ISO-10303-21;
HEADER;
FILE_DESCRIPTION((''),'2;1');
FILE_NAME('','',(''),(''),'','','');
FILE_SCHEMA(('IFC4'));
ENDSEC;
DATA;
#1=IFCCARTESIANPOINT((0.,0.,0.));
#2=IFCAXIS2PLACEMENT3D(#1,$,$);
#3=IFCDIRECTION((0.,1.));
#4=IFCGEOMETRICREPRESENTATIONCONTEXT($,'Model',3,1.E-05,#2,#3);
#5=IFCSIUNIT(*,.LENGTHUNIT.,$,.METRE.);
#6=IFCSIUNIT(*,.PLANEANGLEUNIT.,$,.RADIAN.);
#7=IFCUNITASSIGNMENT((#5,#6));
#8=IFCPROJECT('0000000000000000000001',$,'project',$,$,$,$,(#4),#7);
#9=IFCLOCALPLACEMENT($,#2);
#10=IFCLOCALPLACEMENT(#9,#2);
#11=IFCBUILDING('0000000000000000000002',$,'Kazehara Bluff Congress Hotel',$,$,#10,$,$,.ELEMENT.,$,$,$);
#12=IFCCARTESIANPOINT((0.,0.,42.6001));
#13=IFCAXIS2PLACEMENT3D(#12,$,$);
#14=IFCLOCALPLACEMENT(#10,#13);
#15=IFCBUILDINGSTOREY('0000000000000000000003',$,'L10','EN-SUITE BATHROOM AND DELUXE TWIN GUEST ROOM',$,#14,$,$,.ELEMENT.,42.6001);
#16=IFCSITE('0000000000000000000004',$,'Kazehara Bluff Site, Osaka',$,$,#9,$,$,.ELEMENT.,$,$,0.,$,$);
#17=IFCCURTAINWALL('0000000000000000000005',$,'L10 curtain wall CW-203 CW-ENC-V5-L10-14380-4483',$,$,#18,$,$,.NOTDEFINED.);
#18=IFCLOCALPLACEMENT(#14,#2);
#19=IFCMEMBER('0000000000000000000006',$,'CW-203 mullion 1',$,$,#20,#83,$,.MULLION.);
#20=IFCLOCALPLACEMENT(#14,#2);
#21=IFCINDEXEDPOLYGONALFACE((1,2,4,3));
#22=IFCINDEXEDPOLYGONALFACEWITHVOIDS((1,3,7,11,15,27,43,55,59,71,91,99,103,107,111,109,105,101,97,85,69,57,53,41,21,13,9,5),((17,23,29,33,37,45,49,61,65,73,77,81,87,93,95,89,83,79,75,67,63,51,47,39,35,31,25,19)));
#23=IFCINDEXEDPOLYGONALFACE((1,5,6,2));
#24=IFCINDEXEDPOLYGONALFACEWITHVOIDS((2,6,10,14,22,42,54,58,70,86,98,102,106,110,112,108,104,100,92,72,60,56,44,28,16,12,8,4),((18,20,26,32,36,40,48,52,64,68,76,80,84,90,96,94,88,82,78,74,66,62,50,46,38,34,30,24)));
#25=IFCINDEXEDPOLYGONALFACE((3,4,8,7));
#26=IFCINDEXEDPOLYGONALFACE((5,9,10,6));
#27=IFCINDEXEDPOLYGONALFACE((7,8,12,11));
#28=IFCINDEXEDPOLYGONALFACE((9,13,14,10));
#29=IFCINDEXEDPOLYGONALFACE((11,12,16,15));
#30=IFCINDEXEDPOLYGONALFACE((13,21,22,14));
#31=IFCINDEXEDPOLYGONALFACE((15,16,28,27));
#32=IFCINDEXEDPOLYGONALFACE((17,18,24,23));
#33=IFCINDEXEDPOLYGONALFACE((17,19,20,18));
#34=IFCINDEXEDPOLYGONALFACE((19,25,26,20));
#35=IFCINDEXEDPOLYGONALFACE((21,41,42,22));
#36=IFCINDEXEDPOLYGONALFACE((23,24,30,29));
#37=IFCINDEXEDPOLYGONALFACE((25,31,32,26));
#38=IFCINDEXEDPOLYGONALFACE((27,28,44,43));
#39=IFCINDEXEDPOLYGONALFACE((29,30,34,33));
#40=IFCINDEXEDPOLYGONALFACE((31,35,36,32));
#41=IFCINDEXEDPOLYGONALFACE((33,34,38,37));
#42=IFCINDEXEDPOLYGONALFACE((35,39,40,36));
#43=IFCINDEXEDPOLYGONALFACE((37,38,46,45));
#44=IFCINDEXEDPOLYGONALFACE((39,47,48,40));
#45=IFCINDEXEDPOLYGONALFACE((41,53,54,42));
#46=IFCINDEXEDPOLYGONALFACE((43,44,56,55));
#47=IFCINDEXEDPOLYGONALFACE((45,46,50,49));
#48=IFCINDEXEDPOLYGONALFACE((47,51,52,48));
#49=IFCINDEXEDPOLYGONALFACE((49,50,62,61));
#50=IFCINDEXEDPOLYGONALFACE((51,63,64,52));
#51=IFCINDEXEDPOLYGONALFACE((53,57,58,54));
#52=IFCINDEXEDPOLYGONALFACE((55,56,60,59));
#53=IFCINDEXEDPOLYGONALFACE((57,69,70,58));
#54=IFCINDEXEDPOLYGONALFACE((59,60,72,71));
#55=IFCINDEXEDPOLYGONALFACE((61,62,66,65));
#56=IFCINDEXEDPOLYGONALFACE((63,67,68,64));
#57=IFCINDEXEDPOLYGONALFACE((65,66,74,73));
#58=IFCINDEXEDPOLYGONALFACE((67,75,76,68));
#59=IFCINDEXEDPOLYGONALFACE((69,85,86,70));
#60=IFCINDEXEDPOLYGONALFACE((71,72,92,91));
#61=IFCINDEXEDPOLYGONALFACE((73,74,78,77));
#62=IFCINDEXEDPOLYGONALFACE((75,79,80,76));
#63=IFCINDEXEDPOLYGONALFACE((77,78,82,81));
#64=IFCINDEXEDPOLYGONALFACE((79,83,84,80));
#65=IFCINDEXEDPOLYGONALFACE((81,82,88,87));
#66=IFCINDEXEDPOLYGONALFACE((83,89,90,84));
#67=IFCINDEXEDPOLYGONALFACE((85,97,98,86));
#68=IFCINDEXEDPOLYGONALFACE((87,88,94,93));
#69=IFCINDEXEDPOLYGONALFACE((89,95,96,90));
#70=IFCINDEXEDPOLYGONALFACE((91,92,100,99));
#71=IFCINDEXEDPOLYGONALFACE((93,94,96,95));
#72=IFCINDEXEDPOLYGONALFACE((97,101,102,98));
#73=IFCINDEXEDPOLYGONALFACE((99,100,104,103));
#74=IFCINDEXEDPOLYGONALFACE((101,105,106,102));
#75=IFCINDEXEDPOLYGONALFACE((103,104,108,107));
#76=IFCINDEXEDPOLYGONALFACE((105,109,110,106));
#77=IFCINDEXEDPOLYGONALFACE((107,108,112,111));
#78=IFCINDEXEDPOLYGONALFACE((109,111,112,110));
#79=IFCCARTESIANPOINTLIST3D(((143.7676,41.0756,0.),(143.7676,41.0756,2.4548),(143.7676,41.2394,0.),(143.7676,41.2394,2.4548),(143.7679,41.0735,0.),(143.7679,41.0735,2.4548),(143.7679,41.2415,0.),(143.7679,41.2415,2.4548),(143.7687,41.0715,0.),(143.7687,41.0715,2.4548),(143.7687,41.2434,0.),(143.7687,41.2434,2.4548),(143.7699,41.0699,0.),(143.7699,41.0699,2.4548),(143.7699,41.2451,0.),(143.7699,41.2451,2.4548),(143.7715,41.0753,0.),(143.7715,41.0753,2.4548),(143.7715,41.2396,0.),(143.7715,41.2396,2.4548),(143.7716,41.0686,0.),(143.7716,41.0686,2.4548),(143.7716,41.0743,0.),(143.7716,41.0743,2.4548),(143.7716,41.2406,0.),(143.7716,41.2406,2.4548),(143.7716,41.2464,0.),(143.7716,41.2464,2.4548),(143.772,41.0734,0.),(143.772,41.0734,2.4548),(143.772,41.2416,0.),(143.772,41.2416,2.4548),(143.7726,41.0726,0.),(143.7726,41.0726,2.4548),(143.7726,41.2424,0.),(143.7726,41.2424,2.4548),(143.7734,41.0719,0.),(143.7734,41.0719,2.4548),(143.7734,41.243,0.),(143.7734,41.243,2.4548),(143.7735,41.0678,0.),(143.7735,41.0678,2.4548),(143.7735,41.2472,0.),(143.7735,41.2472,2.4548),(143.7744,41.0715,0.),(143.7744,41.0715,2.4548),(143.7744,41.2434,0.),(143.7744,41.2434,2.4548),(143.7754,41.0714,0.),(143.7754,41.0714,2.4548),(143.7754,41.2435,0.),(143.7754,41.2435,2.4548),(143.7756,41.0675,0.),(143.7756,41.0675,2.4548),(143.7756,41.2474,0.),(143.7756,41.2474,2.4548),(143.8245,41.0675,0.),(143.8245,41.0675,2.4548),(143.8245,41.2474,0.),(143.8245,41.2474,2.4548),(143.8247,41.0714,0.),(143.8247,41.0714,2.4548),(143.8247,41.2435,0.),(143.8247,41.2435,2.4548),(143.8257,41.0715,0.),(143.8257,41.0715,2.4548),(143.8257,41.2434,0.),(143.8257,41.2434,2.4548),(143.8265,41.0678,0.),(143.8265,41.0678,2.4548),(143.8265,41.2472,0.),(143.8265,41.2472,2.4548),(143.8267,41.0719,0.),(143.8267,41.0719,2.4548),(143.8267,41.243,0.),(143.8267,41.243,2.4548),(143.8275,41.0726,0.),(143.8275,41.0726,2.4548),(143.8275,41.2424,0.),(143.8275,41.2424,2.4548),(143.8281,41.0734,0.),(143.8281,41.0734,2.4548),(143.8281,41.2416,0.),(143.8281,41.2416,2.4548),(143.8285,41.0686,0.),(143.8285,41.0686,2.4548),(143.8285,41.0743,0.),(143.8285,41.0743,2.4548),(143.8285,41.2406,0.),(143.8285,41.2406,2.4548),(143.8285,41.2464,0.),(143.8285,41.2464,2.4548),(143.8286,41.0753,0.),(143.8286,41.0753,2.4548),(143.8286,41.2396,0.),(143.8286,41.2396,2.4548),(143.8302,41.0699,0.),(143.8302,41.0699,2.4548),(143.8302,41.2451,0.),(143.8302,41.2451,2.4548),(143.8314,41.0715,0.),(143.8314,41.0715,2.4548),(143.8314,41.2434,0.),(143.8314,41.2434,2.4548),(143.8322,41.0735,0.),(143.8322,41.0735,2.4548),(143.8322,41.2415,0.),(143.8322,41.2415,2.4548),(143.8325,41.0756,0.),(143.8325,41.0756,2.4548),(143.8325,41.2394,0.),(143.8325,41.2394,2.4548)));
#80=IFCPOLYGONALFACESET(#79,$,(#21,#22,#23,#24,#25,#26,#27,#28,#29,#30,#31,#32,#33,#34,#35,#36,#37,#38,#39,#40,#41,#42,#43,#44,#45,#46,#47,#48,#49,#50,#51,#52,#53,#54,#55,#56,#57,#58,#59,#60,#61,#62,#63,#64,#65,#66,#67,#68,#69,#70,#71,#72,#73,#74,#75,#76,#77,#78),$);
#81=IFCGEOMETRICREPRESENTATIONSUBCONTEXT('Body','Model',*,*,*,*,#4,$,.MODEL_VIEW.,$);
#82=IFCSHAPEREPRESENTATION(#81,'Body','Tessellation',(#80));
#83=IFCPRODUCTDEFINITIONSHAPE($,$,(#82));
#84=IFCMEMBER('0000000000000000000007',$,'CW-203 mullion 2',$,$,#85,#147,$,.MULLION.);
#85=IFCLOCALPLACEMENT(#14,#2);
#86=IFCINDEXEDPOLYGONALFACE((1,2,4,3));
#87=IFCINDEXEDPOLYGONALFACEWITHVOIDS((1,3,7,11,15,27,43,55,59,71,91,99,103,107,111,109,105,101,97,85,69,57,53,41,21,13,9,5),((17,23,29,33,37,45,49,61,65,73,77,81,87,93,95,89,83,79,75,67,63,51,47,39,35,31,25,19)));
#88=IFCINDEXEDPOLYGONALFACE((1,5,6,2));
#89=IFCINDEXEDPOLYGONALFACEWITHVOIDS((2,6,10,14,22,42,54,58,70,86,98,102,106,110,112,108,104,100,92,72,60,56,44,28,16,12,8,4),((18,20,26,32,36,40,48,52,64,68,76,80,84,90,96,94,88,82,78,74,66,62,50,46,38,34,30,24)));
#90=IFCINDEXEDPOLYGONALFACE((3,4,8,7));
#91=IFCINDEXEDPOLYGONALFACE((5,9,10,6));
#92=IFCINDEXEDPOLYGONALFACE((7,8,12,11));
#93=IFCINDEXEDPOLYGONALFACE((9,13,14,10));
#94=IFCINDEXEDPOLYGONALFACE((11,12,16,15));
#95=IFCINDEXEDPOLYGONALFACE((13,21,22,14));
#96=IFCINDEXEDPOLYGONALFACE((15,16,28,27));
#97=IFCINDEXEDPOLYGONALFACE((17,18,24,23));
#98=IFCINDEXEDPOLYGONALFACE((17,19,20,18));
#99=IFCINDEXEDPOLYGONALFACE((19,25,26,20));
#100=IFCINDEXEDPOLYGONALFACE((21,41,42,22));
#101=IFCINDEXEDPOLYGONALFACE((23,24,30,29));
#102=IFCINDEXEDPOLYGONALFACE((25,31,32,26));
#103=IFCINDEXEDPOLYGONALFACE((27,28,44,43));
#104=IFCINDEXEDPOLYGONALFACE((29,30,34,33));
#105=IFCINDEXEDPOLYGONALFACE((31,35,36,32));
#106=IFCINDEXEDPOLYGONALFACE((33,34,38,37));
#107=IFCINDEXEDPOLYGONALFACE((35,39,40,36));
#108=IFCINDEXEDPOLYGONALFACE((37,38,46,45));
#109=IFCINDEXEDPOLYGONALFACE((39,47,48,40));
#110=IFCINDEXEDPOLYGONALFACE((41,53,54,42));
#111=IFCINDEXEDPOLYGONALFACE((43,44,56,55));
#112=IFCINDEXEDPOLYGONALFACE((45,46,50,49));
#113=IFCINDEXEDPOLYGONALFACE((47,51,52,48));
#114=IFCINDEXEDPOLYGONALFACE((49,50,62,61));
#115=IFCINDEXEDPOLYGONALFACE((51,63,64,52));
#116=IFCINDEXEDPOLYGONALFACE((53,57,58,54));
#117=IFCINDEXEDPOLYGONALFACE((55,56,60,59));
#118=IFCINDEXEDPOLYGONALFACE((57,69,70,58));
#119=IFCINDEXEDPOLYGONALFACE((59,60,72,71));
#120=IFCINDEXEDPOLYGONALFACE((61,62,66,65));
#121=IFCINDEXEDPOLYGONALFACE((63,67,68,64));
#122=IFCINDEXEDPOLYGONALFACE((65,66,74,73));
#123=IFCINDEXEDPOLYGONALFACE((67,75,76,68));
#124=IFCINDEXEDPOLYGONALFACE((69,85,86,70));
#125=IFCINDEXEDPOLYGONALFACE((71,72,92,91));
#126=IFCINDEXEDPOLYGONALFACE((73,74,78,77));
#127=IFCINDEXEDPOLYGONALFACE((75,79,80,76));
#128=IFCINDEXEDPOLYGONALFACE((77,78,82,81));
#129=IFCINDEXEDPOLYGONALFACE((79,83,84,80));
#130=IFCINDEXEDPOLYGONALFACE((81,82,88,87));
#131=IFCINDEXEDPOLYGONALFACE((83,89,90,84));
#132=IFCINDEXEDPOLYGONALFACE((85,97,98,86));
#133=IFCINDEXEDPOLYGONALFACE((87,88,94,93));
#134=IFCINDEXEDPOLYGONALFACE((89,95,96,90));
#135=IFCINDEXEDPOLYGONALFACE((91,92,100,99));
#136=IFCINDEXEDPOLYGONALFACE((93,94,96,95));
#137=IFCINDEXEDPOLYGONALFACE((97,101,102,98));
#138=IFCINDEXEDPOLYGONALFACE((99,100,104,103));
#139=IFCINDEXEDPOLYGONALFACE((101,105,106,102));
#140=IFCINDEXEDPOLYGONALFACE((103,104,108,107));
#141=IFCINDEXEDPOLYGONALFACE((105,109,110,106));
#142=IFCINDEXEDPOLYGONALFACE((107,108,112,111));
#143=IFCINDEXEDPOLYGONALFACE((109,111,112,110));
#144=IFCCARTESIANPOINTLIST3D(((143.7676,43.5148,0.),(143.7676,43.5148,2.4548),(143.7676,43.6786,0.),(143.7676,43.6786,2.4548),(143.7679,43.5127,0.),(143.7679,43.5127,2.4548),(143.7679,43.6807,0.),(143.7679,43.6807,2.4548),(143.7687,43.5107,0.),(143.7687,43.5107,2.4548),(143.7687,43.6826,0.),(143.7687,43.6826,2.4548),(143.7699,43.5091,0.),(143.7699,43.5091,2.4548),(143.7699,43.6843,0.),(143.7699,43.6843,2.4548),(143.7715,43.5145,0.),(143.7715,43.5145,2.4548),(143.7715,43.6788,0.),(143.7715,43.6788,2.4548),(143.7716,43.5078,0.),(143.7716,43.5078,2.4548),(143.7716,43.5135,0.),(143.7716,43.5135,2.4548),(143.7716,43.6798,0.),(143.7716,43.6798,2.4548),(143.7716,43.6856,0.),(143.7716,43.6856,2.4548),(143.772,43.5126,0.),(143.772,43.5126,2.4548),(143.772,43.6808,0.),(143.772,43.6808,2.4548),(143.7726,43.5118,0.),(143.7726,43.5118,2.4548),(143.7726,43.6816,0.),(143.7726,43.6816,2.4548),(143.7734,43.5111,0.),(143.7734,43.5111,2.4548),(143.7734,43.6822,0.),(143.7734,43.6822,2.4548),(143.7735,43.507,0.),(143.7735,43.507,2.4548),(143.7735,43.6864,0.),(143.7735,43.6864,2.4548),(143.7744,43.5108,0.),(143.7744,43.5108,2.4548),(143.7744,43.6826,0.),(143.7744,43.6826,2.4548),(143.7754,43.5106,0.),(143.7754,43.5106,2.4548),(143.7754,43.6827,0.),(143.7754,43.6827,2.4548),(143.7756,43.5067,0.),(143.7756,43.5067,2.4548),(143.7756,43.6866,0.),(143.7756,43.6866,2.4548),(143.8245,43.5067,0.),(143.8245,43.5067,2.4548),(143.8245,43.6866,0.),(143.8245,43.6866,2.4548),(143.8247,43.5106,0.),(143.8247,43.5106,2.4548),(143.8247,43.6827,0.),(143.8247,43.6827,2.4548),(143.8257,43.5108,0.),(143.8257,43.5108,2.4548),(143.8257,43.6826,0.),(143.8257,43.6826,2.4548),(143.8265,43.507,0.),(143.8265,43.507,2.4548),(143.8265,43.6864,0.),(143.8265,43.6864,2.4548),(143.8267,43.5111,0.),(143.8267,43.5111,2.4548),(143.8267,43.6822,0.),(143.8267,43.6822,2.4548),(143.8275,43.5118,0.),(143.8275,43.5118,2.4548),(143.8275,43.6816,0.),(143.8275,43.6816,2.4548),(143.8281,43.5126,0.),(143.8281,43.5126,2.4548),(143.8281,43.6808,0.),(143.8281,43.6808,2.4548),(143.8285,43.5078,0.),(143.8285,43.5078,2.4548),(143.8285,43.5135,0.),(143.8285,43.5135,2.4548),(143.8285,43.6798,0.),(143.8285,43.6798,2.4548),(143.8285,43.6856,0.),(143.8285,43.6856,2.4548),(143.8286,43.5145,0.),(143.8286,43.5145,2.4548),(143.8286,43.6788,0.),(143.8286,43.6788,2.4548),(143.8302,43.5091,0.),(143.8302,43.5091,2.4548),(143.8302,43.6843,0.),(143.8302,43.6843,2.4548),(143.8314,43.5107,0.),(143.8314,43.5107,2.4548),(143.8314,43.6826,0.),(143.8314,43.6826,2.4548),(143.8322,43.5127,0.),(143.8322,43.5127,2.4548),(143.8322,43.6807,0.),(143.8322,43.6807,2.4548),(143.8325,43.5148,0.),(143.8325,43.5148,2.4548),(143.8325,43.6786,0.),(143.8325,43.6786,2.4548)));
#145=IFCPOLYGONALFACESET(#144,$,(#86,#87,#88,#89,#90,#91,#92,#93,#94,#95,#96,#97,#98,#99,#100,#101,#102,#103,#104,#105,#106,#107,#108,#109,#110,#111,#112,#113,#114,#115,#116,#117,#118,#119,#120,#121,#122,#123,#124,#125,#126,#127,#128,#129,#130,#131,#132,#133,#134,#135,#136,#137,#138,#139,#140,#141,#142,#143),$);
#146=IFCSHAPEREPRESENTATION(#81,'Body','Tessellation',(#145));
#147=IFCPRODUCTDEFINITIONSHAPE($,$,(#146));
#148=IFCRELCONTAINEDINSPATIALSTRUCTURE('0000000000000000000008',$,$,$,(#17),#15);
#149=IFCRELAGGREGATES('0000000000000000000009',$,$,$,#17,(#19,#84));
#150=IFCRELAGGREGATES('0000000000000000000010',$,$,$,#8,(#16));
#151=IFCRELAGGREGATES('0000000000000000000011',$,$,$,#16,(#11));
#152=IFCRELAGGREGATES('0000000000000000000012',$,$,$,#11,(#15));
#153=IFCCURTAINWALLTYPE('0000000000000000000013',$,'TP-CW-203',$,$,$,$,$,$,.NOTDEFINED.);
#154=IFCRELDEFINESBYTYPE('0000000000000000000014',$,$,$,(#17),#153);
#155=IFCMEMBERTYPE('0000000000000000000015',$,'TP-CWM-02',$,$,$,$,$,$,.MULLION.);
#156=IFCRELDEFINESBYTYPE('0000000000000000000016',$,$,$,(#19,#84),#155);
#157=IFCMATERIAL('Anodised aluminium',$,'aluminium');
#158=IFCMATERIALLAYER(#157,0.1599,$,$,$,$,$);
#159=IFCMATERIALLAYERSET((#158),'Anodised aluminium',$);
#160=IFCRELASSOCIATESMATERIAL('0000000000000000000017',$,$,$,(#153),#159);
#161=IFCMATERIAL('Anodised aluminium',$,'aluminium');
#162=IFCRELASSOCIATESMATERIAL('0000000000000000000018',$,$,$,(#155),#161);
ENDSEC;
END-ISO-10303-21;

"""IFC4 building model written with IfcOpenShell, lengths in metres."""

from ifc_helpers import new_model, si_unit, direction, frame, origin, origin_2d, place, context, subcontext, project, spatial, hollow_rectangle, extrude, material, layer, layer_set, material_profile, profile_set, type_object, element, aggregate, save


model = new_model("IFC4")

# Units and contexts
model_context = context("Model", 3, precision=1e-05, world=origin(), true_north=direction((0.0, 1.0)))
body_context = subcontext(model_context, "Body", "Model", "MODEL_VIEW")
ifc_project = project(units=[si_unit("LENGTHUNIT", "METRE"), si_unit("PLANEANGLEUNIT", "RADIAN")], contexts=[model_context])

# Site, building, storey
site_placement = place(None, origin())
site = spatial("IfcSite", under=ifc_project, at=site_placement, Name="Kazehara Bluff Site, Osaka", CompositionType="ELEMENT", RefElevation=0.0)
building_placement = place(site_placement, origin())
building = spatial("IfcBuilding", under=site, at=building_placement, Name="Kazehara Bluff Congress Hotel", CompositionType="ELEMENT")
storey_placement = place(building_placement, frame((0.0, 0.0, 42.6001)))
storey = spatial("IfcBuildingStorey", under=building, at=storey_placement, Name="L10", Description="EN-SUITE BATHROOM AND DELUXE TWIN GUEST ROOM", CompositionType="ELEMENT", Elevation=42.6001)

# Curtain wall, members
ifc_material_1 = material(Name="Anodised aluminium", Category="aluminium")
ifc_layer_1 = layer(ifc_material_1, 0.1599)
ifc_layer_set_1 = layer_set([ifc_layer_1], Name="Anodised aluminium")
curtain_wall_type_1 = type_object("IfcCurtainWallType", Name="TP-CW-203", PredefinedType="NOTDEFINED", material=ifc_layer_set_1)
curtain_wall_1_placement = place(storey_placement, origin())
curtain_wall_1 = element("IfcCurtainWall", 1, at=curtain_wall_1_placement, inside=storey, type_object=curtain_wall_type_1, Name="L10 curtain wall CW-203 CW-ENC-V5-L10-14380-4483", PredefinedType="NOTDEFINED")
ifc_material_2 = material(Name="Anodised aluminium", Category="aluminium")
ifc_material_profile_1 = material_profile(ifc_material_2, hollow_rectangle(XDim=0.0649, YDim=0.1799, WallThickness=0.0039, InnerFilletRadius=0.0039, OuterFilletRadius=0.0081, at=origin_2d()))
ifc_profile_set_1 = profile_set([ifc_material_profile_1], Name="Anodised aluminium")
member_type_1 = type_object("IfcMemberType", Name="TP-CWM-02", PredefinedType="MULLION", material=ifc_profile_set_1)
member_1_placement = place(storey_placement, frame((143.8, 41.1575, 0.0), z_axis=(0.0, 0.0, 1.0), x_axis=(-1.0, 0.0, 0.0)))
member_1 = element("IfcMember", 2, at=member_1_placement, type_object=member_type_1, Name="CW-203 mullion 1", PredefinedType="MULLION", context=body_context, shape_type="SweptSolid", body=[
    extrude(hollow_rectangle(XDim=0.0649, YDim=0.1799, WallThickness=0.0039, InnerFilletRadius=0.0039, OuterFilletRadius=0.0081, at=origin_2d()), origin(), (0.0, 0.0, 1.0), 2.4548),
])
member_2_placement = place(storey_placement, frame((143.8, 43.5967, 0.0), z_axis=(0.0, 0.0, 1.0), x_axis=(-1.0, 0.0, 0.0)))
member_2 = element("IfcMember", 3, at=member_2_placement, type_object=member_type_1, Name="CW-203 mullion 2", PredefinedType="MULLION", context=body_context, shape_type="SweptSolid", body=[
    extrude(hollow_rectangle(XDim=0.0649, YDim=0.1799, WallThickness=0.0039, InnerFilletRadius=0.0039, OuterFilletRadius=0.0081, at=origin_2d()), origin(), (0.0, 0.0, 1.0), 2.4548),
])

aggregate(curtain_wall_1, [member_1, member_2])

save(model, "model.ifc")
